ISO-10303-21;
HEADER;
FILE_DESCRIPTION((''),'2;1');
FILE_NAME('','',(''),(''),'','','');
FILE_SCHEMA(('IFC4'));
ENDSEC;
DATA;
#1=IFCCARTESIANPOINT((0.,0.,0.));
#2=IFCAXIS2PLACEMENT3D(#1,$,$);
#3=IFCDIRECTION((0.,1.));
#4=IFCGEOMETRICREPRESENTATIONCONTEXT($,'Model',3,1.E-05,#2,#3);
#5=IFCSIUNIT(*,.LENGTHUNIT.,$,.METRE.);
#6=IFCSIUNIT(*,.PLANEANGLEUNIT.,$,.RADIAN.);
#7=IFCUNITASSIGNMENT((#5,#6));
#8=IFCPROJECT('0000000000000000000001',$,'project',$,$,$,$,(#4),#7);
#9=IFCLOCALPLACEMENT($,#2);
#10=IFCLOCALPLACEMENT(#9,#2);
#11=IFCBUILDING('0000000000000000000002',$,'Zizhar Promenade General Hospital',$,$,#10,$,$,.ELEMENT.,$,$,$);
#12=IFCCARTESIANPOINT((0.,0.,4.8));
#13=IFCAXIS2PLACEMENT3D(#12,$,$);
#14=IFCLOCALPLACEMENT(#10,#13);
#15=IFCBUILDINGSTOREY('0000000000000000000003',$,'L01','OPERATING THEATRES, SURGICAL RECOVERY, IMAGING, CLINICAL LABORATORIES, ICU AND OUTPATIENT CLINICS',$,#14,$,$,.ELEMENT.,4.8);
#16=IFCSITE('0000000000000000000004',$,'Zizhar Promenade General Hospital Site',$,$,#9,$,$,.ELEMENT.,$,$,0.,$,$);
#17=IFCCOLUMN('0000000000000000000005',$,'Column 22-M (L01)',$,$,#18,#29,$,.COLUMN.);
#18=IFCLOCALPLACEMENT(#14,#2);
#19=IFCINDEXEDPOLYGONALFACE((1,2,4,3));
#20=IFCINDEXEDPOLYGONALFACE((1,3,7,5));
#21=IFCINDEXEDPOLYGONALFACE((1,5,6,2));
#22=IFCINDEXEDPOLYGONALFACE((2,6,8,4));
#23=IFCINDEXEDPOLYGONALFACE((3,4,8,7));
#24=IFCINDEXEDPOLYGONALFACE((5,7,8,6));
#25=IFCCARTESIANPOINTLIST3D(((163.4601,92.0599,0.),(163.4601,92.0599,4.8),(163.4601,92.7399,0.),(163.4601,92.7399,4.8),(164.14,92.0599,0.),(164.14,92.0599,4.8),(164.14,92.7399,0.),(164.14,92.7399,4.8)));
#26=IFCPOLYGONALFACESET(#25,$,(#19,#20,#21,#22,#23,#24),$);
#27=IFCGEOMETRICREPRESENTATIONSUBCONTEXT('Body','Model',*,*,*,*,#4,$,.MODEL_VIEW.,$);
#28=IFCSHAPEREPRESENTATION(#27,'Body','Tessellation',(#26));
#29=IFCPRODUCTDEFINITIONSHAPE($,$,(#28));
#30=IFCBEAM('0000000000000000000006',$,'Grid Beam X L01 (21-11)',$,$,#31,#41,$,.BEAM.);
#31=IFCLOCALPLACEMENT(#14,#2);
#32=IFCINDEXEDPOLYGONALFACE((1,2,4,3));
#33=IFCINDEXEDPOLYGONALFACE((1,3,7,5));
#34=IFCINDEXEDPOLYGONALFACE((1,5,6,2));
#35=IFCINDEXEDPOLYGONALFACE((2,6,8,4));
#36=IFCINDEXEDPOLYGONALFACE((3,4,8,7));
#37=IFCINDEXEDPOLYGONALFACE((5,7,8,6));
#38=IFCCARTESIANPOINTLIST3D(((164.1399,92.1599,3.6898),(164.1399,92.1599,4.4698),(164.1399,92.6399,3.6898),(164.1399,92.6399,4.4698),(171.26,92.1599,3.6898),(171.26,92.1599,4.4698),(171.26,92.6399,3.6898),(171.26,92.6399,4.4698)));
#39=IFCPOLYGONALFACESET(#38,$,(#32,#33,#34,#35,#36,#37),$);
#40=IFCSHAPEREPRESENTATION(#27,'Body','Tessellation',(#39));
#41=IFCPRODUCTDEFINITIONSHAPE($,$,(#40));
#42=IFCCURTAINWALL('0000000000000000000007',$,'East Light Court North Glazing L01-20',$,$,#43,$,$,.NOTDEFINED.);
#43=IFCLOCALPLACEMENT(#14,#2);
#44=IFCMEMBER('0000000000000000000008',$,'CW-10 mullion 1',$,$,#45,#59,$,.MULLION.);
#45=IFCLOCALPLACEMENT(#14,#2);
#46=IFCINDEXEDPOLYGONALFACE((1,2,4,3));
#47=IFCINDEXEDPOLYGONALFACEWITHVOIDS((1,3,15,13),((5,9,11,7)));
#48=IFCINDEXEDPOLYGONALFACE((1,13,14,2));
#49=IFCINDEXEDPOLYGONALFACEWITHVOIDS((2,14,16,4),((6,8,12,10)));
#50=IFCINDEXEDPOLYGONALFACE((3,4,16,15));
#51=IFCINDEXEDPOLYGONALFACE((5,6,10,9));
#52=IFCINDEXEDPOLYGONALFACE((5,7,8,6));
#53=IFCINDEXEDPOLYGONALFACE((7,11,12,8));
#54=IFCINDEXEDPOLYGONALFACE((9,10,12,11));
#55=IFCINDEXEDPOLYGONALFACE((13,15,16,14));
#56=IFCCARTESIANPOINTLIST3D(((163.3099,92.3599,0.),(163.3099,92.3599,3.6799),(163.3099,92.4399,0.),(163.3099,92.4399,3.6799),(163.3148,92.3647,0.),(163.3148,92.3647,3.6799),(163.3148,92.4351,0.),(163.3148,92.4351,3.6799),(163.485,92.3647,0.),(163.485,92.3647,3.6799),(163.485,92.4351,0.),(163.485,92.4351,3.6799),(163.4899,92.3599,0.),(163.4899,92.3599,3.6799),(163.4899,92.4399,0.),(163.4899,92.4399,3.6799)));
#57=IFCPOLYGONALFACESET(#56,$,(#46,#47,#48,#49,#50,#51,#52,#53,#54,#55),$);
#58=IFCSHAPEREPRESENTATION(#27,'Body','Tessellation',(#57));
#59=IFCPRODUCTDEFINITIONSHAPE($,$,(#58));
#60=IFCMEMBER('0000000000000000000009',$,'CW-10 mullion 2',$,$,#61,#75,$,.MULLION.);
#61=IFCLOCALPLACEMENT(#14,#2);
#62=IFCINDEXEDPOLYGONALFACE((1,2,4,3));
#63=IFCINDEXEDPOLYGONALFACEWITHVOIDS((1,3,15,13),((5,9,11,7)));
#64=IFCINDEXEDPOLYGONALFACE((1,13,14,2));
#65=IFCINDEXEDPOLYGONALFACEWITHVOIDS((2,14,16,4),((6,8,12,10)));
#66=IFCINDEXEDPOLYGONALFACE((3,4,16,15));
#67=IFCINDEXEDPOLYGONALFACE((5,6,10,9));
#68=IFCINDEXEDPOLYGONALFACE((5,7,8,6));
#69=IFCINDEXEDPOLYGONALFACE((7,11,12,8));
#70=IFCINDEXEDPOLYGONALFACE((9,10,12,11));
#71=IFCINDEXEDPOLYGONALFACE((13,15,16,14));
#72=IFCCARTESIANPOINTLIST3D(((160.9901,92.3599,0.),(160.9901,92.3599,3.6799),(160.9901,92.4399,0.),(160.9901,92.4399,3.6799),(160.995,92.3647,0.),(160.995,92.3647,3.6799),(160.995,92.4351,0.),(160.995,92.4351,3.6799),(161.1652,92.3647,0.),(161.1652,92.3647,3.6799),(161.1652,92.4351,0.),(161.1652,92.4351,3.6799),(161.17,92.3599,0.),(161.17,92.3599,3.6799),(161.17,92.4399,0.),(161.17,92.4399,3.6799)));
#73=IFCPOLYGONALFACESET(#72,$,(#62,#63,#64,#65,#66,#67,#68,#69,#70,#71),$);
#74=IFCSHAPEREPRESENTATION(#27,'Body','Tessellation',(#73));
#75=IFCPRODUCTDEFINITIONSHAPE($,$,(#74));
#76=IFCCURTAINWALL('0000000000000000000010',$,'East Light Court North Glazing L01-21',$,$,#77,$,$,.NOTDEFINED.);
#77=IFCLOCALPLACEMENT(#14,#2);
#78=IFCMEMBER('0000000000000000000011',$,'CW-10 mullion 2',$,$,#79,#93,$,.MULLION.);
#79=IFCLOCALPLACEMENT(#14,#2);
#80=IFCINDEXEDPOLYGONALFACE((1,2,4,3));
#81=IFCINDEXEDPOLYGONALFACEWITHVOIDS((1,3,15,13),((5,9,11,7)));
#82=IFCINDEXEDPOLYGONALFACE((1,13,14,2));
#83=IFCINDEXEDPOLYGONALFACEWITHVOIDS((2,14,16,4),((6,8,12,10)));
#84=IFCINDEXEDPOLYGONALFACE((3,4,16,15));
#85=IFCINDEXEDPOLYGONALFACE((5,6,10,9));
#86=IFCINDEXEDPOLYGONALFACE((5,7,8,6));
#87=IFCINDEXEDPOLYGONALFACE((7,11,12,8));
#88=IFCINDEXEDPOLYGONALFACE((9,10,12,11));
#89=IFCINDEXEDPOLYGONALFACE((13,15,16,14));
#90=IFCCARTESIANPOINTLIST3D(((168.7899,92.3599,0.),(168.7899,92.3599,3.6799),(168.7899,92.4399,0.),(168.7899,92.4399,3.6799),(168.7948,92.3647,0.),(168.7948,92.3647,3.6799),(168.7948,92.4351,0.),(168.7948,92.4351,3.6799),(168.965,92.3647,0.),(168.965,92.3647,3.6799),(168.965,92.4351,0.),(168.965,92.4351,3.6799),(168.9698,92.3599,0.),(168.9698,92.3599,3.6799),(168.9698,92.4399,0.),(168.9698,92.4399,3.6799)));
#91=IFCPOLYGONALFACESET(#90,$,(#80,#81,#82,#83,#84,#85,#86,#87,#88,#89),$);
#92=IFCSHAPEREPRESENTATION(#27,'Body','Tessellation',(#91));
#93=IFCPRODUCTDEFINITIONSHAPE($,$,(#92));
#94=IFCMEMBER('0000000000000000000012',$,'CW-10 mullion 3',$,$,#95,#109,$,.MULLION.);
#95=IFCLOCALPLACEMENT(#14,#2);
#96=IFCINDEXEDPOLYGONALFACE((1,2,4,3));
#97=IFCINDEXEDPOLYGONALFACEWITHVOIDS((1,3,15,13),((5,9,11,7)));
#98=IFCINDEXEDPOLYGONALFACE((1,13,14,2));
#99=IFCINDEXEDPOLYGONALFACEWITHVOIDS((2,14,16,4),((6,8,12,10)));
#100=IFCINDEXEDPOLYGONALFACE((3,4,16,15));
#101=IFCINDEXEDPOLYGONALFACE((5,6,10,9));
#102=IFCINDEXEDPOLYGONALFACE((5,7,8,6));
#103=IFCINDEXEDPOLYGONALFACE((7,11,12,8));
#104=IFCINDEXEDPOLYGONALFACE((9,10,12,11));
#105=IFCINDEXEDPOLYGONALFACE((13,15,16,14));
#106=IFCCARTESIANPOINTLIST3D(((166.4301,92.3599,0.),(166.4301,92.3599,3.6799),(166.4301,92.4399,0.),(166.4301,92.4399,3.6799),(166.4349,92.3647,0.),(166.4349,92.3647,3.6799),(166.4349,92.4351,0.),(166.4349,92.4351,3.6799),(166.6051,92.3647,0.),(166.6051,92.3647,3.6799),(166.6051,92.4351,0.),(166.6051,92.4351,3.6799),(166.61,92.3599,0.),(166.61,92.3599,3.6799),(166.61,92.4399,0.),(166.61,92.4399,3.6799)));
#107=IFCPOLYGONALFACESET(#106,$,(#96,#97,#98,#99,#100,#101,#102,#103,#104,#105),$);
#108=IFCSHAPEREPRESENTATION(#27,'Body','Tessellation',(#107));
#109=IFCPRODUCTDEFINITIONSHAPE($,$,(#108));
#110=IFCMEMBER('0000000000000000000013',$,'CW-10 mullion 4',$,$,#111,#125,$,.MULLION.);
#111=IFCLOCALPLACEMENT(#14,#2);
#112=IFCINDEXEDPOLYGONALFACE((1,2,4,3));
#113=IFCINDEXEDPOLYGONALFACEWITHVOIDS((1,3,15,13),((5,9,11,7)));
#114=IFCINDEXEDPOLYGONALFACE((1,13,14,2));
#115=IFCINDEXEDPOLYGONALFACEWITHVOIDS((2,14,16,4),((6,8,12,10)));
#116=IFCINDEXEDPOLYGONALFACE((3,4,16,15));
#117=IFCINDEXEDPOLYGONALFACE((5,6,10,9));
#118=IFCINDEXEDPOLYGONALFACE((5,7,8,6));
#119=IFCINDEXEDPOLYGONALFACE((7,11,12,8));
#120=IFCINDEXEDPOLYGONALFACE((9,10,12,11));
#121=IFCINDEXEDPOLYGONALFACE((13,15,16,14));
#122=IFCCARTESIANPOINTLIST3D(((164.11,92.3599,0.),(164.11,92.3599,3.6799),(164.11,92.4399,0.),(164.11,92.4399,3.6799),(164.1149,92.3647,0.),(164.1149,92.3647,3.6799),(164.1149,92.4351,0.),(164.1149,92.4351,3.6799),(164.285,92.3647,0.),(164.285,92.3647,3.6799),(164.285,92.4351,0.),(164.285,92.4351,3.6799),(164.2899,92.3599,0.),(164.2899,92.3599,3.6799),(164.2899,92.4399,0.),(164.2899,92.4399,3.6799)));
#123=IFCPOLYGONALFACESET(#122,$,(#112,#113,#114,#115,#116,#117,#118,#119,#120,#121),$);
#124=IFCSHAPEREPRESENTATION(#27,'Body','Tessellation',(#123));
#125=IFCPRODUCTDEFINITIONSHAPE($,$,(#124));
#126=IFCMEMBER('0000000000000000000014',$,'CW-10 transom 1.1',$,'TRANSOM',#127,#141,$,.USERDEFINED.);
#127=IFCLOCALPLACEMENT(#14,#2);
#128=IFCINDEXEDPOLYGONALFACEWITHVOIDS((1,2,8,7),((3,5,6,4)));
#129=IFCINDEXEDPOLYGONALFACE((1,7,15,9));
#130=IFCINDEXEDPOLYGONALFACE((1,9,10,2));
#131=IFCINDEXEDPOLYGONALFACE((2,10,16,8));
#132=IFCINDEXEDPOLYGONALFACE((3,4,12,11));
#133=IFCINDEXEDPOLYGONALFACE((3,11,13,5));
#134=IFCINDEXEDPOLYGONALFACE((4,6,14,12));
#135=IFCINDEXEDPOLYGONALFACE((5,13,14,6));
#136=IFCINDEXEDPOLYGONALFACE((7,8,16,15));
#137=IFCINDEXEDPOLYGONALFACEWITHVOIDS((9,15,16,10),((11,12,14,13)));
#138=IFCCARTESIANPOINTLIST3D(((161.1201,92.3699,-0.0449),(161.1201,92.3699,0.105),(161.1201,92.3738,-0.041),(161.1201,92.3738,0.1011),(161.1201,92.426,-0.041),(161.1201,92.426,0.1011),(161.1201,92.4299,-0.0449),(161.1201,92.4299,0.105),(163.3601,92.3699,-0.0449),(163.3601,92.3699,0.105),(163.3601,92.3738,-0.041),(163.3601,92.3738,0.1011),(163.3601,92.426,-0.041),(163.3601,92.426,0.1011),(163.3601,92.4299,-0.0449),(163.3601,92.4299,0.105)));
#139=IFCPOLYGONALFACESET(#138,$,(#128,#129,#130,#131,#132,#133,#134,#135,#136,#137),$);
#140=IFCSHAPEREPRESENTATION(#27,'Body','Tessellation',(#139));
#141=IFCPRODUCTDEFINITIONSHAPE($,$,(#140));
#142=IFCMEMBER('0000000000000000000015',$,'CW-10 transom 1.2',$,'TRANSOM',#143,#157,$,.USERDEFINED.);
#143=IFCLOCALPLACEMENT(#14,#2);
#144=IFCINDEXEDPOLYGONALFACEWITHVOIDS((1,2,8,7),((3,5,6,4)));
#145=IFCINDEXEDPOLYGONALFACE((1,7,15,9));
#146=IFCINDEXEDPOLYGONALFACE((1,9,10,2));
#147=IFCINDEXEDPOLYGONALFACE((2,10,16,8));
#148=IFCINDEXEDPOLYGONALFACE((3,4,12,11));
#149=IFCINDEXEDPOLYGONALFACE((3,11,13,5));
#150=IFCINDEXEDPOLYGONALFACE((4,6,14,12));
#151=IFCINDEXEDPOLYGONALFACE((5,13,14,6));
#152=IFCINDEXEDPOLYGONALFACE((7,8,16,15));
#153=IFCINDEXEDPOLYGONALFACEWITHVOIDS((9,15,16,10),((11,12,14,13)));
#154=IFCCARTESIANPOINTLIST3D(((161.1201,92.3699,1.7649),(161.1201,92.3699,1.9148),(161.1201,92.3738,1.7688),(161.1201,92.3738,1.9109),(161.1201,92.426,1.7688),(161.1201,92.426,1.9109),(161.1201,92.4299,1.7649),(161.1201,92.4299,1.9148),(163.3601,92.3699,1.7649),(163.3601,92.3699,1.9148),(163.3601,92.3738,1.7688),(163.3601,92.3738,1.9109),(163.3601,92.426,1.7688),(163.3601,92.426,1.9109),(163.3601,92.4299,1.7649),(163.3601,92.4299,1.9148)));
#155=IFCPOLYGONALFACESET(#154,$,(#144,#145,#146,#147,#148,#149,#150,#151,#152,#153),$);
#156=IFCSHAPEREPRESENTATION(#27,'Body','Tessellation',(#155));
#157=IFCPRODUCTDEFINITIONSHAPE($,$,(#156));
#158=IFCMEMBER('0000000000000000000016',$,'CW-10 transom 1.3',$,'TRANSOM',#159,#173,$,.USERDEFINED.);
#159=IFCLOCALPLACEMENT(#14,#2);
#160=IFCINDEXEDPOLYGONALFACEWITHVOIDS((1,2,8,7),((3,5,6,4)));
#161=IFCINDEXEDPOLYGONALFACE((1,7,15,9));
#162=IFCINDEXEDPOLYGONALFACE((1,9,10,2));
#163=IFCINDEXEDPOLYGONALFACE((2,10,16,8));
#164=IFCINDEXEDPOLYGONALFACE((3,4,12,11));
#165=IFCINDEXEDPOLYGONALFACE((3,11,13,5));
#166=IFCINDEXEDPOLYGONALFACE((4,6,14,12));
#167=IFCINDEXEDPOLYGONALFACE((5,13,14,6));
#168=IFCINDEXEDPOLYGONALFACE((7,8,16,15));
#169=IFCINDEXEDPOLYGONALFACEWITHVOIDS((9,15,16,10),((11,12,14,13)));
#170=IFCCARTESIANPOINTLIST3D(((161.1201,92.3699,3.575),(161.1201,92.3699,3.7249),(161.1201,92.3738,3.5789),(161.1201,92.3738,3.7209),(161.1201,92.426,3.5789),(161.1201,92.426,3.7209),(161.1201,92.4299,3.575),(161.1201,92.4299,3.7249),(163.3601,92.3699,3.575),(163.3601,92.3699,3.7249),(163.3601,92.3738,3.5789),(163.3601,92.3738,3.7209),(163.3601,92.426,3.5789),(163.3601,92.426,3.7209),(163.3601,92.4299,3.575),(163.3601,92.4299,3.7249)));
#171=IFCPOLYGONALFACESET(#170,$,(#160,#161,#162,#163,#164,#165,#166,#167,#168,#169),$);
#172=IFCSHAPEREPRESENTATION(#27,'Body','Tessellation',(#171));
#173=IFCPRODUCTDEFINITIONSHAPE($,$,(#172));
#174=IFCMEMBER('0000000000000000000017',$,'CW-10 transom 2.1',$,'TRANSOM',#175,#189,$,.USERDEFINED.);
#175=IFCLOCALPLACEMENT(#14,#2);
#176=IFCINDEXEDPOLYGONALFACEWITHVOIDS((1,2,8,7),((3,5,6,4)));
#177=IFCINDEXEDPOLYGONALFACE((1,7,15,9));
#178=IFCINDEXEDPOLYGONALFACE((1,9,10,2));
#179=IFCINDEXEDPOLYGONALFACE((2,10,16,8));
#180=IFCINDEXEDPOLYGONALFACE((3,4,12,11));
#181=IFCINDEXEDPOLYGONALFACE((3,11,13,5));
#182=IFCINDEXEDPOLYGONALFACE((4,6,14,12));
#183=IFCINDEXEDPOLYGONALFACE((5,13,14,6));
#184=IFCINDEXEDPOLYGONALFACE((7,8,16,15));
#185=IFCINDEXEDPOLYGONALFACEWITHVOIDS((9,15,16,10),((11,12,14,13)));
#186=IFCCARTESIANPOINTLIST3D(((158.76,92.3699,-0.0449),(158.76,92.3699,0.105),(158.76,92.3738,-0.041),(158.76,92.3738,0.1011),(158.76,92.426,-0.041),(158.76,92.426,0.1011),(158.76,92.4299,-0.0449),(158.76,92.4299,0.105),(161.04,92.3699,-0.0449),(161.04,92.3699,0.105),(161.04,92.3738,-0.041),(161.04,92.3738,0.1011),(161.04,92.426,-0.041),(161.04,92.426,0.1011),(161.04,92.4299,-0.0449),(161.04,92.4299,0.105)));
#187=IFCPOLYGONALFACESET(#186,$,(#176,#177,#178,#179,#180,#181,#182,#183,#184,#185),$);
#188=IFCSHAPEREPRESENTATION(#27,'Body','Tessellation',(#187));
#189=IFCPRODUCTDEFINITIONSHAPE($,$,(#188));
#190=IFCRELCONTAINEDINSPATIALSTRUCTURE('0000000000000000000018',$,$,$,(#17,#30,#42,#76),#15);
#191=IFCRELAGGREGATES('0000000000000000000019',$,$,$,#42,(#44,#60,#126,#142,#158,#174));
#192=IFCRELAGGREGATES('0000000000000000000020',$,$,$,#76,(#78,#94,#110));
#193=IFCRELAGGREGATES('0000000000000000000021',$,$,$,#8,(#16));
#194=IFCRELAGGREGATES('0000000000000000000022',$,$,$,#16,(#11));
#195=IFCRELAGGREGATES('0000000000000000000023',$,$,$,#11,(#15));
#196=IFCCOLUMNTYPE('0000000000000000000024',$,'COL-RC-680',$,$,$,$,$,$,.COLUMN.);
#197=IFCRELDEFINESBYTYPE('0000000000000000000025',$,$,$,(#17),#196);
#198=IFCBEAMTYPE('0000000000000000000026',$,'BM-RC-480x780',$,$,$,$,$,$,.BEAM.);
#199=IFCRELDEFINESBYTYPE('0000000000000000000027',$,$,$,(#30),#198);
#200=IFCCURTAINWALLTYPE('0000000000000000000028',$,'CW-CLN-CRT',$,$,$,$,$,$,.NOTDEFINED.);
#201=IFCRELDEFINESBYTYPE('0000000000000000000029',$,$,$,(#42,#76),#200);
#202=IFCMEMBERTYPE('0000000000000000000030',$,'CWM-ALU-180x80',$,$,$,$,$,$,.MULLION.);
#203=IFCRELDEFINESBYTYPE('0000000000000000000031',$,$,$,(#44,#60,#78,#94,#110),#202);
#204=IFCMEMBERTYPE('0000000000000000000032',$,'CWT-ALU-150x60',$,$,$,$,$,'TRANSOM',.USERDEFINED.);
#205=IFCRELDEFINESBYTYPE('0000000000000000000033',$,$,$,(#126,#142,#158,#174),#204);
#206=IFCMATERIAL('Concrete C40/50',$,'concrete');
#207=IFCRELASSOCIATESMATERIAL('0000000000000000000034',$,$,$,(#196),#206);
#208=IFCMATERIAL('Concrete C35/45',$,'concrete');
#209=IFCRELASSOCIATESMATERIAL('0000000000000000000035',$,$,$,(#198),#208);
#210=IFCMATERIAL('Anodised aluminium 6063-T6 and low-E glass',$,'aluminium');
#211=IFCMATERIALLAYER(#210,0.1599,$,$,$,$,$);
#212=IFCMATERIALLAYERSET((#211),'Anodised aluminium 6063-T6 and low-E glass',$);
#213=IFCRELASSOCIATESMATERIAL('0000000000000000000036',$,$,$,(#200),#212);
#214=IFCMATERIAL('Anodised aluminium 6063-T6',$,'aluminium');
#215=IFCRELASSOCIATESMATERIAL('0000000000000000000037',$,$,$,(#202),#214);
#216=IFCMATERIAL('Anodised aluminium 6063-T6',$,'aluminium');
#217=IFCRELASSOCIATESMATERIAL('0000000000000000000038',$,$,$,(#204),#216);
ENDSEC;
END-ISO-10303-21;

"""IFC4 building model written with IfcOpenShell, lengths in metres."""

from ifc_helpers import new_model, si_unit, direction, frame, origin, origin_2d, place, context, subcontext, project, spatial, rectangle, hollow_rectangle, extrude, material, layer, layer_set, material_profile, profile_set, type_object, element, aggregate, save


model = new_model("IFC4")

# Units and contexts
model_context = context("Model", 3, precision=1e-05, world=origin(), true_north=direction((0.0, 1.0)))
body_context = subcontext(model_context, "Body", "Model", "MODEL_VIEW")
ifc_project = project(units=[si_unit("LENGTHUNIT", "METRE"), si_unit("PLANEANGLEUNIT", "RADIAN")], contexts=[model_context])

# Site, building, storey
site_placement = place(None, origin())
site = spatial("IfcSite", under=ifc_project, at=site_placement, Name="Zizhar Promenade General Hospital Site", CompositionType="ELEMENT", RefElevation=0.0)
building_placement = place(site_placement, origin())
building = spatial("IfcBuilding", under=site, at=building_placement, Name="Zizhar Promenade General Hospital", CompositionType="ELEMENT")
storey_placement = place(building_placement, frame((0.0, 0.0, 4.8)))
storey = spatial("IfcBuildingStorey", under=building, at=storey_placement, Name="L01", Description="OPERATING THEATRES, SURGICAL RECOVERY, IMAGING, CLINICAL LABORATORIES, ICU AND OUTPATIENT CLINICS", CompositionType="ELEMENT", Elevation=4.8)

# Column
ifc_material_1 = material(Name="Concrete C40/50", Category="concrete")
ifc_material_profile_1 = material_profile(ifc_material_1, rectangle(XDim=0.6799, YDim=0.6799, at=origin_2d()))
ifc_profile_set_1 = profile_set([ifc_material_profile_1], Name="Concrete C40/50")
column_type = type_object("IfcColumnType", Name="COL-RC-680", PredefinedType="COLUMN", material=ifc_profile_set_1)
column_placement = place(storey_placement, frame((163.8, 92.3999, 0.0), z_axis=(0.0, 0.0, 1.0), x_axis=(1.0, 0.0, 0.0)))
element("IfcColumn", 1, at=column_placement, inside=storey, type_object=column_type, Name="Column 22-M (L01)", PredefinedType="COLUMN", context=body_context, shape_type="SweptSolid", body=[
    extrude(rectangle(XDim=0.6799, YDim=0.6799, at=origin_2d()), origin(), (0.0, 0.0, 1.0), 4.8),
])

# Beam
ifc_material_2 = material(Name="Concrete C35/45", Category="concrete")
ifc_material_profile_2 = material_profile(ifc_material_2, rectangle(XDim=0.48, YDim=0.78, at=origin_2d()))
ifc_profile_set_2 = profile_set([ifc_material_profile_2], Name="Concrete C35/45")
beam_type = type_object("IfcBeamType", Name="BM-RC-480x780", PredefinedType="BEAM", material=ifc_profile_set_2)
beam_placement = place(storey_placement, frame((164.1399, 92.3999, 4.0798), z_axis=(1.0, 0.0, 0.0), x_axis=(0.0, 1.0, 0.0)))
element("IfcBeam", 2, at=beam_placement, inside=storey, type_object=beam_type, Name="Grid Beam X L01 (21-11)", PredefinedType="BEAM", context=body_context, shape_type="SweptSolid", body=[
    extrude(rectangle(XDim=0.48, YDim=0.78, at=origin_2d()), origin(), (0.0, 0.0, 1.0), 7.1201),
])

# Curtain walls, members
ifc_material_3 = material(Name="Anodised aluminium 6063-T6 and low-E glass", Category="aluminium")
ifc_layer_1 = layer(ifc_material_3, 0.1599)
ifc_layer_set_1 = layer_set([ifc_layer_1], Name="Anodised aluminium 6063-T6 and low-E glass")
curtain_wall_type = type_object("IfcCurtainWallType", Name="CW-CLN-CRT", PredefinedType="NOTDEFINED", material=ifc_layer_set_1)
curtain_wall_1_placement = place(storey_placement, origin())
curtain_wall_1 = element("IfcCurtainWall", 3, at=curtain_wall_1_placement, inside=storey, type_object=curtain_wall_type, Name="East Light Court North Glazing L01-20", PredefinedType="NOTDEFINED")
ifc_material_4 = material(Name="Anodised aluminium 6063-T6", Category="aluminium")
ifc_material_profile_3 = material_profile(ifc_material_4, hollow_rectangle(XDim=0.0801, YDim=0.1799, WallThickness=0.0049, at=origin_2d()))
ifc_profile_set_3 = profile_set([ifc_material_profile_3], Name="Anodised aluminium 6063-T6")
member_type_1 = type_object("IfcMemberType", Name="CWM-ALU-180x80", PredefinedType="MULLION", material=ifc_profile_set_3)
member_1_placement = place(storey_placement, frame((163.3999, 92.3999, 0.0), z_axis=(0.0, 0.0, 1.0), x_axis=(0.0, -1.0, 0.0)))
member_1 = element("IfcMember", 4, at=member_1_placement, type_object=member_type_1, Name="CW-10 mullion 1", PredefinedType="MULLION", context=body_context, shape_type="SweptSolid", body=[
    extrude(hollow_rectangle(XDim=0.0801, YDim=0.1799, WallThickness=0.0049, at=origin_2d()), origin(), (0.0, 0.0, 1.0), 3.6799),
])
member_2_placement = place(storey_placement, frame((161.0801, 92.3999, 0.0), z_axis=(0.0, 0.0, 1.0), x_axis=(0.0, -1.0, 0.0)))
member_2 = element("IfcMember", 5, at=member_2_placement, type_object=member_type_1, Name="CW-10 mullion 2", PredefinedType="MULLION", context=body_context, shape_type="SweptSolid", body=[
    extrude(hollow_rectangle(XDim=0.0801, YDim=0.1799, WallThickness=0.0049, at=origin_2d()), origin(), (0.0, 0.0, 1.0), 3.6799),
])
curtain_wall_2_placement = place(storey_placement, origin())
curtain_wall_2 = element("IfcCurtainWall", 6, at=curtain_wall_2_placement, inside=storey, type_object=curtain_wall_type, Name="East Light Court North Glazing L01-21", PredefinedType="NOTDEFINED")
member_3_placement = place(storey_placement, frame((168.8799, 92.3999, 0.0), z_axis=(0.0, 0.0, 1.0), x_axis=(0.0, -1.0, 0.0)))
member_3 = element("IfcMember", 7, at=member_3_placement, type_object=member_type_1, Name="CW-10 mullion 2", PredefinedType="MULLION", context=body_context, shape_type="SweptSolid", body=[
    extrude(hollow_rectangle(XDim=0.0801, YDim=0.1799, WallThickness=0.0049, at=origin_2d()), origin(), (0.0, 0.0, 1.0), 3.6799),
])
member_4_placement = place(storey_placement, frame((166.52, 92.3999, 0.0), z_axis=(0.0, 0.0, 1.0), x_axis=(0.0, -1.0, 0.0)))
member_4 = element("IfcMember", 8, at=member_4_placement, type_object=member_type_1, Name="CW-10 mullion 3", PredefinedType="MULLION", context=body_context, shape_type="SweptSolid", body=[
    extrude(hollow_rectangle(XDim=0.0801, YDim=0.1799, WallThickness=0.0049, at=origin_2d()), origin(), (0.0, 0.0, 1.0), 3.6799),
])
member_5_placement = place(storey_placement, frame((164.2, 92.3999, 0.0), z_axis=(0.0, 0.0, 1.0), x_axis=(0.0, -1.0, 0.0)))
member_5 = element("IfcMember", 9, at=member_5_placement, type_object=member_type_1, Name="CW-10 mullion 4", PredefinedType="MULLION", context=body_context, shape_type="SweptSolid", body=[
    extrude(hollow_rectangle(XDim=0.0801, YDim=0.1799, WallThickness=0.0049, at=origin_2d()), origin(), (0.0, 0.0, 1.0), 3.6799),
])

# Members
ifc_material_5 = material(Name="Anodised aluminium 6063-T6", Category="aluminium")
ifc_material_profile_4 = material_profile(ifc_material_5, hollow_rectangle(XDim=0.0601, YDim=0.1499, WallThickness=0.0039, at=origin_2d()))
ifc_profile_set_4 = profile_set([ifc_material_profile_4], Name="Anodised aluminium 6063-T6")
member_type_2 = type_object("IfcMemberType", Name="CWT-ALU-150x60", ElementType="TRANSOM", PredefinedType="USERDEFINED", material=ifc_profile_set_4)
member_6_placement = place(storey_placement, frame((163.3601, 92.3999, 0.03), z_axis=(-1.0, 0.0, 0.0), x_axis=(0.0, -1.0, 0.0)))
member_6 = element("IfcMember", 10, at=member_6_placement, type_object=member_type_2, Name="CW-10 transom 1.1", ObjectType="TRANSOM", PredefinedType="USERDEFINED", context=body_context, shape_type="SweptSolid", body=[
    extrude(hollow_rectangle(XDim=0.0601, YDim=0.1499, WallThickness=0.0039, at=origin_2d()), origin(), (0.0, 0.0, 1.0), 2.24),
])
member_7_placement = place(storey_placement, frame((163.3601, 92.3999, 1.8398), z_axis=(-1.0, 0.0, 0.0), x_axis=(0.0, -1.0, 0.0)))
member_7 = element("IfcMember", 11, at=member_7_placement, type_object=member_type_2, Name="CW-10 transom 1.2", ObjectType="TRANSOM", PredefinedType="USERDEFINED", context=body_context, shape_type="SweptSolid", body=[
    extrude(hollow_rectangle(XDim=0.0601, YDim=0.1499, WallThickness=0.0039, at=origin_2d()), origin(), (0.0, 0.0, 1.0), 2.24),
])
member_8_placement = place(storey_placement, frame((163.3601, 92.3999, 3.6499), z_axis=(-1.0, 0.0, 0.0), x_axis=(0.0, -1.0, 0.0)))
member_8 = element("IfcMember", 12, at=member_8_placement, type_object=member_type_2, Name="CW-10 transom 1.3", ObjectType="TRANSOM", PredefinedType="USERDEFINED", context=body_context, shape_type="SweptSolid", body=[
    extrude(hollow_rectangle(XDim=0.0601, YDim=0.1499, WallThickness=0.0039, at=origin_2d()), origin(), (0.0, 0.0, 1.0), 2.24),
])
member_9_placement = place(storey_placement, frame((161.04, 92.3999, 0.03), z_axis=(-1.0, 0.0, 0.0), x_axis=(0.0, -1.0, 0.0)))
member_9 = element("IfcMember", 13, at=member_9_placement, type_object=member_type_2, Name="CW-10 transom 2.1", ObjectType="TRANSOM", PredefinedType="USERDEFINED", context=body_context, shape_type="SweptSolid", body=[
    extrude(hollow_rectangle(XDim=0.0601, YDim=0.1499, WallThickness=0.0039, at=origin_2d()), origin(), (0.0, 0.0, 1.0), 2.28),
])

aggregate(curtain_wall_1, [member_1, member_2, member_6, member_7, member_8, member_9])
aggregate(curtain_wall_2, [member_3, member_4, member_5])

save(model, "model.ifc")
